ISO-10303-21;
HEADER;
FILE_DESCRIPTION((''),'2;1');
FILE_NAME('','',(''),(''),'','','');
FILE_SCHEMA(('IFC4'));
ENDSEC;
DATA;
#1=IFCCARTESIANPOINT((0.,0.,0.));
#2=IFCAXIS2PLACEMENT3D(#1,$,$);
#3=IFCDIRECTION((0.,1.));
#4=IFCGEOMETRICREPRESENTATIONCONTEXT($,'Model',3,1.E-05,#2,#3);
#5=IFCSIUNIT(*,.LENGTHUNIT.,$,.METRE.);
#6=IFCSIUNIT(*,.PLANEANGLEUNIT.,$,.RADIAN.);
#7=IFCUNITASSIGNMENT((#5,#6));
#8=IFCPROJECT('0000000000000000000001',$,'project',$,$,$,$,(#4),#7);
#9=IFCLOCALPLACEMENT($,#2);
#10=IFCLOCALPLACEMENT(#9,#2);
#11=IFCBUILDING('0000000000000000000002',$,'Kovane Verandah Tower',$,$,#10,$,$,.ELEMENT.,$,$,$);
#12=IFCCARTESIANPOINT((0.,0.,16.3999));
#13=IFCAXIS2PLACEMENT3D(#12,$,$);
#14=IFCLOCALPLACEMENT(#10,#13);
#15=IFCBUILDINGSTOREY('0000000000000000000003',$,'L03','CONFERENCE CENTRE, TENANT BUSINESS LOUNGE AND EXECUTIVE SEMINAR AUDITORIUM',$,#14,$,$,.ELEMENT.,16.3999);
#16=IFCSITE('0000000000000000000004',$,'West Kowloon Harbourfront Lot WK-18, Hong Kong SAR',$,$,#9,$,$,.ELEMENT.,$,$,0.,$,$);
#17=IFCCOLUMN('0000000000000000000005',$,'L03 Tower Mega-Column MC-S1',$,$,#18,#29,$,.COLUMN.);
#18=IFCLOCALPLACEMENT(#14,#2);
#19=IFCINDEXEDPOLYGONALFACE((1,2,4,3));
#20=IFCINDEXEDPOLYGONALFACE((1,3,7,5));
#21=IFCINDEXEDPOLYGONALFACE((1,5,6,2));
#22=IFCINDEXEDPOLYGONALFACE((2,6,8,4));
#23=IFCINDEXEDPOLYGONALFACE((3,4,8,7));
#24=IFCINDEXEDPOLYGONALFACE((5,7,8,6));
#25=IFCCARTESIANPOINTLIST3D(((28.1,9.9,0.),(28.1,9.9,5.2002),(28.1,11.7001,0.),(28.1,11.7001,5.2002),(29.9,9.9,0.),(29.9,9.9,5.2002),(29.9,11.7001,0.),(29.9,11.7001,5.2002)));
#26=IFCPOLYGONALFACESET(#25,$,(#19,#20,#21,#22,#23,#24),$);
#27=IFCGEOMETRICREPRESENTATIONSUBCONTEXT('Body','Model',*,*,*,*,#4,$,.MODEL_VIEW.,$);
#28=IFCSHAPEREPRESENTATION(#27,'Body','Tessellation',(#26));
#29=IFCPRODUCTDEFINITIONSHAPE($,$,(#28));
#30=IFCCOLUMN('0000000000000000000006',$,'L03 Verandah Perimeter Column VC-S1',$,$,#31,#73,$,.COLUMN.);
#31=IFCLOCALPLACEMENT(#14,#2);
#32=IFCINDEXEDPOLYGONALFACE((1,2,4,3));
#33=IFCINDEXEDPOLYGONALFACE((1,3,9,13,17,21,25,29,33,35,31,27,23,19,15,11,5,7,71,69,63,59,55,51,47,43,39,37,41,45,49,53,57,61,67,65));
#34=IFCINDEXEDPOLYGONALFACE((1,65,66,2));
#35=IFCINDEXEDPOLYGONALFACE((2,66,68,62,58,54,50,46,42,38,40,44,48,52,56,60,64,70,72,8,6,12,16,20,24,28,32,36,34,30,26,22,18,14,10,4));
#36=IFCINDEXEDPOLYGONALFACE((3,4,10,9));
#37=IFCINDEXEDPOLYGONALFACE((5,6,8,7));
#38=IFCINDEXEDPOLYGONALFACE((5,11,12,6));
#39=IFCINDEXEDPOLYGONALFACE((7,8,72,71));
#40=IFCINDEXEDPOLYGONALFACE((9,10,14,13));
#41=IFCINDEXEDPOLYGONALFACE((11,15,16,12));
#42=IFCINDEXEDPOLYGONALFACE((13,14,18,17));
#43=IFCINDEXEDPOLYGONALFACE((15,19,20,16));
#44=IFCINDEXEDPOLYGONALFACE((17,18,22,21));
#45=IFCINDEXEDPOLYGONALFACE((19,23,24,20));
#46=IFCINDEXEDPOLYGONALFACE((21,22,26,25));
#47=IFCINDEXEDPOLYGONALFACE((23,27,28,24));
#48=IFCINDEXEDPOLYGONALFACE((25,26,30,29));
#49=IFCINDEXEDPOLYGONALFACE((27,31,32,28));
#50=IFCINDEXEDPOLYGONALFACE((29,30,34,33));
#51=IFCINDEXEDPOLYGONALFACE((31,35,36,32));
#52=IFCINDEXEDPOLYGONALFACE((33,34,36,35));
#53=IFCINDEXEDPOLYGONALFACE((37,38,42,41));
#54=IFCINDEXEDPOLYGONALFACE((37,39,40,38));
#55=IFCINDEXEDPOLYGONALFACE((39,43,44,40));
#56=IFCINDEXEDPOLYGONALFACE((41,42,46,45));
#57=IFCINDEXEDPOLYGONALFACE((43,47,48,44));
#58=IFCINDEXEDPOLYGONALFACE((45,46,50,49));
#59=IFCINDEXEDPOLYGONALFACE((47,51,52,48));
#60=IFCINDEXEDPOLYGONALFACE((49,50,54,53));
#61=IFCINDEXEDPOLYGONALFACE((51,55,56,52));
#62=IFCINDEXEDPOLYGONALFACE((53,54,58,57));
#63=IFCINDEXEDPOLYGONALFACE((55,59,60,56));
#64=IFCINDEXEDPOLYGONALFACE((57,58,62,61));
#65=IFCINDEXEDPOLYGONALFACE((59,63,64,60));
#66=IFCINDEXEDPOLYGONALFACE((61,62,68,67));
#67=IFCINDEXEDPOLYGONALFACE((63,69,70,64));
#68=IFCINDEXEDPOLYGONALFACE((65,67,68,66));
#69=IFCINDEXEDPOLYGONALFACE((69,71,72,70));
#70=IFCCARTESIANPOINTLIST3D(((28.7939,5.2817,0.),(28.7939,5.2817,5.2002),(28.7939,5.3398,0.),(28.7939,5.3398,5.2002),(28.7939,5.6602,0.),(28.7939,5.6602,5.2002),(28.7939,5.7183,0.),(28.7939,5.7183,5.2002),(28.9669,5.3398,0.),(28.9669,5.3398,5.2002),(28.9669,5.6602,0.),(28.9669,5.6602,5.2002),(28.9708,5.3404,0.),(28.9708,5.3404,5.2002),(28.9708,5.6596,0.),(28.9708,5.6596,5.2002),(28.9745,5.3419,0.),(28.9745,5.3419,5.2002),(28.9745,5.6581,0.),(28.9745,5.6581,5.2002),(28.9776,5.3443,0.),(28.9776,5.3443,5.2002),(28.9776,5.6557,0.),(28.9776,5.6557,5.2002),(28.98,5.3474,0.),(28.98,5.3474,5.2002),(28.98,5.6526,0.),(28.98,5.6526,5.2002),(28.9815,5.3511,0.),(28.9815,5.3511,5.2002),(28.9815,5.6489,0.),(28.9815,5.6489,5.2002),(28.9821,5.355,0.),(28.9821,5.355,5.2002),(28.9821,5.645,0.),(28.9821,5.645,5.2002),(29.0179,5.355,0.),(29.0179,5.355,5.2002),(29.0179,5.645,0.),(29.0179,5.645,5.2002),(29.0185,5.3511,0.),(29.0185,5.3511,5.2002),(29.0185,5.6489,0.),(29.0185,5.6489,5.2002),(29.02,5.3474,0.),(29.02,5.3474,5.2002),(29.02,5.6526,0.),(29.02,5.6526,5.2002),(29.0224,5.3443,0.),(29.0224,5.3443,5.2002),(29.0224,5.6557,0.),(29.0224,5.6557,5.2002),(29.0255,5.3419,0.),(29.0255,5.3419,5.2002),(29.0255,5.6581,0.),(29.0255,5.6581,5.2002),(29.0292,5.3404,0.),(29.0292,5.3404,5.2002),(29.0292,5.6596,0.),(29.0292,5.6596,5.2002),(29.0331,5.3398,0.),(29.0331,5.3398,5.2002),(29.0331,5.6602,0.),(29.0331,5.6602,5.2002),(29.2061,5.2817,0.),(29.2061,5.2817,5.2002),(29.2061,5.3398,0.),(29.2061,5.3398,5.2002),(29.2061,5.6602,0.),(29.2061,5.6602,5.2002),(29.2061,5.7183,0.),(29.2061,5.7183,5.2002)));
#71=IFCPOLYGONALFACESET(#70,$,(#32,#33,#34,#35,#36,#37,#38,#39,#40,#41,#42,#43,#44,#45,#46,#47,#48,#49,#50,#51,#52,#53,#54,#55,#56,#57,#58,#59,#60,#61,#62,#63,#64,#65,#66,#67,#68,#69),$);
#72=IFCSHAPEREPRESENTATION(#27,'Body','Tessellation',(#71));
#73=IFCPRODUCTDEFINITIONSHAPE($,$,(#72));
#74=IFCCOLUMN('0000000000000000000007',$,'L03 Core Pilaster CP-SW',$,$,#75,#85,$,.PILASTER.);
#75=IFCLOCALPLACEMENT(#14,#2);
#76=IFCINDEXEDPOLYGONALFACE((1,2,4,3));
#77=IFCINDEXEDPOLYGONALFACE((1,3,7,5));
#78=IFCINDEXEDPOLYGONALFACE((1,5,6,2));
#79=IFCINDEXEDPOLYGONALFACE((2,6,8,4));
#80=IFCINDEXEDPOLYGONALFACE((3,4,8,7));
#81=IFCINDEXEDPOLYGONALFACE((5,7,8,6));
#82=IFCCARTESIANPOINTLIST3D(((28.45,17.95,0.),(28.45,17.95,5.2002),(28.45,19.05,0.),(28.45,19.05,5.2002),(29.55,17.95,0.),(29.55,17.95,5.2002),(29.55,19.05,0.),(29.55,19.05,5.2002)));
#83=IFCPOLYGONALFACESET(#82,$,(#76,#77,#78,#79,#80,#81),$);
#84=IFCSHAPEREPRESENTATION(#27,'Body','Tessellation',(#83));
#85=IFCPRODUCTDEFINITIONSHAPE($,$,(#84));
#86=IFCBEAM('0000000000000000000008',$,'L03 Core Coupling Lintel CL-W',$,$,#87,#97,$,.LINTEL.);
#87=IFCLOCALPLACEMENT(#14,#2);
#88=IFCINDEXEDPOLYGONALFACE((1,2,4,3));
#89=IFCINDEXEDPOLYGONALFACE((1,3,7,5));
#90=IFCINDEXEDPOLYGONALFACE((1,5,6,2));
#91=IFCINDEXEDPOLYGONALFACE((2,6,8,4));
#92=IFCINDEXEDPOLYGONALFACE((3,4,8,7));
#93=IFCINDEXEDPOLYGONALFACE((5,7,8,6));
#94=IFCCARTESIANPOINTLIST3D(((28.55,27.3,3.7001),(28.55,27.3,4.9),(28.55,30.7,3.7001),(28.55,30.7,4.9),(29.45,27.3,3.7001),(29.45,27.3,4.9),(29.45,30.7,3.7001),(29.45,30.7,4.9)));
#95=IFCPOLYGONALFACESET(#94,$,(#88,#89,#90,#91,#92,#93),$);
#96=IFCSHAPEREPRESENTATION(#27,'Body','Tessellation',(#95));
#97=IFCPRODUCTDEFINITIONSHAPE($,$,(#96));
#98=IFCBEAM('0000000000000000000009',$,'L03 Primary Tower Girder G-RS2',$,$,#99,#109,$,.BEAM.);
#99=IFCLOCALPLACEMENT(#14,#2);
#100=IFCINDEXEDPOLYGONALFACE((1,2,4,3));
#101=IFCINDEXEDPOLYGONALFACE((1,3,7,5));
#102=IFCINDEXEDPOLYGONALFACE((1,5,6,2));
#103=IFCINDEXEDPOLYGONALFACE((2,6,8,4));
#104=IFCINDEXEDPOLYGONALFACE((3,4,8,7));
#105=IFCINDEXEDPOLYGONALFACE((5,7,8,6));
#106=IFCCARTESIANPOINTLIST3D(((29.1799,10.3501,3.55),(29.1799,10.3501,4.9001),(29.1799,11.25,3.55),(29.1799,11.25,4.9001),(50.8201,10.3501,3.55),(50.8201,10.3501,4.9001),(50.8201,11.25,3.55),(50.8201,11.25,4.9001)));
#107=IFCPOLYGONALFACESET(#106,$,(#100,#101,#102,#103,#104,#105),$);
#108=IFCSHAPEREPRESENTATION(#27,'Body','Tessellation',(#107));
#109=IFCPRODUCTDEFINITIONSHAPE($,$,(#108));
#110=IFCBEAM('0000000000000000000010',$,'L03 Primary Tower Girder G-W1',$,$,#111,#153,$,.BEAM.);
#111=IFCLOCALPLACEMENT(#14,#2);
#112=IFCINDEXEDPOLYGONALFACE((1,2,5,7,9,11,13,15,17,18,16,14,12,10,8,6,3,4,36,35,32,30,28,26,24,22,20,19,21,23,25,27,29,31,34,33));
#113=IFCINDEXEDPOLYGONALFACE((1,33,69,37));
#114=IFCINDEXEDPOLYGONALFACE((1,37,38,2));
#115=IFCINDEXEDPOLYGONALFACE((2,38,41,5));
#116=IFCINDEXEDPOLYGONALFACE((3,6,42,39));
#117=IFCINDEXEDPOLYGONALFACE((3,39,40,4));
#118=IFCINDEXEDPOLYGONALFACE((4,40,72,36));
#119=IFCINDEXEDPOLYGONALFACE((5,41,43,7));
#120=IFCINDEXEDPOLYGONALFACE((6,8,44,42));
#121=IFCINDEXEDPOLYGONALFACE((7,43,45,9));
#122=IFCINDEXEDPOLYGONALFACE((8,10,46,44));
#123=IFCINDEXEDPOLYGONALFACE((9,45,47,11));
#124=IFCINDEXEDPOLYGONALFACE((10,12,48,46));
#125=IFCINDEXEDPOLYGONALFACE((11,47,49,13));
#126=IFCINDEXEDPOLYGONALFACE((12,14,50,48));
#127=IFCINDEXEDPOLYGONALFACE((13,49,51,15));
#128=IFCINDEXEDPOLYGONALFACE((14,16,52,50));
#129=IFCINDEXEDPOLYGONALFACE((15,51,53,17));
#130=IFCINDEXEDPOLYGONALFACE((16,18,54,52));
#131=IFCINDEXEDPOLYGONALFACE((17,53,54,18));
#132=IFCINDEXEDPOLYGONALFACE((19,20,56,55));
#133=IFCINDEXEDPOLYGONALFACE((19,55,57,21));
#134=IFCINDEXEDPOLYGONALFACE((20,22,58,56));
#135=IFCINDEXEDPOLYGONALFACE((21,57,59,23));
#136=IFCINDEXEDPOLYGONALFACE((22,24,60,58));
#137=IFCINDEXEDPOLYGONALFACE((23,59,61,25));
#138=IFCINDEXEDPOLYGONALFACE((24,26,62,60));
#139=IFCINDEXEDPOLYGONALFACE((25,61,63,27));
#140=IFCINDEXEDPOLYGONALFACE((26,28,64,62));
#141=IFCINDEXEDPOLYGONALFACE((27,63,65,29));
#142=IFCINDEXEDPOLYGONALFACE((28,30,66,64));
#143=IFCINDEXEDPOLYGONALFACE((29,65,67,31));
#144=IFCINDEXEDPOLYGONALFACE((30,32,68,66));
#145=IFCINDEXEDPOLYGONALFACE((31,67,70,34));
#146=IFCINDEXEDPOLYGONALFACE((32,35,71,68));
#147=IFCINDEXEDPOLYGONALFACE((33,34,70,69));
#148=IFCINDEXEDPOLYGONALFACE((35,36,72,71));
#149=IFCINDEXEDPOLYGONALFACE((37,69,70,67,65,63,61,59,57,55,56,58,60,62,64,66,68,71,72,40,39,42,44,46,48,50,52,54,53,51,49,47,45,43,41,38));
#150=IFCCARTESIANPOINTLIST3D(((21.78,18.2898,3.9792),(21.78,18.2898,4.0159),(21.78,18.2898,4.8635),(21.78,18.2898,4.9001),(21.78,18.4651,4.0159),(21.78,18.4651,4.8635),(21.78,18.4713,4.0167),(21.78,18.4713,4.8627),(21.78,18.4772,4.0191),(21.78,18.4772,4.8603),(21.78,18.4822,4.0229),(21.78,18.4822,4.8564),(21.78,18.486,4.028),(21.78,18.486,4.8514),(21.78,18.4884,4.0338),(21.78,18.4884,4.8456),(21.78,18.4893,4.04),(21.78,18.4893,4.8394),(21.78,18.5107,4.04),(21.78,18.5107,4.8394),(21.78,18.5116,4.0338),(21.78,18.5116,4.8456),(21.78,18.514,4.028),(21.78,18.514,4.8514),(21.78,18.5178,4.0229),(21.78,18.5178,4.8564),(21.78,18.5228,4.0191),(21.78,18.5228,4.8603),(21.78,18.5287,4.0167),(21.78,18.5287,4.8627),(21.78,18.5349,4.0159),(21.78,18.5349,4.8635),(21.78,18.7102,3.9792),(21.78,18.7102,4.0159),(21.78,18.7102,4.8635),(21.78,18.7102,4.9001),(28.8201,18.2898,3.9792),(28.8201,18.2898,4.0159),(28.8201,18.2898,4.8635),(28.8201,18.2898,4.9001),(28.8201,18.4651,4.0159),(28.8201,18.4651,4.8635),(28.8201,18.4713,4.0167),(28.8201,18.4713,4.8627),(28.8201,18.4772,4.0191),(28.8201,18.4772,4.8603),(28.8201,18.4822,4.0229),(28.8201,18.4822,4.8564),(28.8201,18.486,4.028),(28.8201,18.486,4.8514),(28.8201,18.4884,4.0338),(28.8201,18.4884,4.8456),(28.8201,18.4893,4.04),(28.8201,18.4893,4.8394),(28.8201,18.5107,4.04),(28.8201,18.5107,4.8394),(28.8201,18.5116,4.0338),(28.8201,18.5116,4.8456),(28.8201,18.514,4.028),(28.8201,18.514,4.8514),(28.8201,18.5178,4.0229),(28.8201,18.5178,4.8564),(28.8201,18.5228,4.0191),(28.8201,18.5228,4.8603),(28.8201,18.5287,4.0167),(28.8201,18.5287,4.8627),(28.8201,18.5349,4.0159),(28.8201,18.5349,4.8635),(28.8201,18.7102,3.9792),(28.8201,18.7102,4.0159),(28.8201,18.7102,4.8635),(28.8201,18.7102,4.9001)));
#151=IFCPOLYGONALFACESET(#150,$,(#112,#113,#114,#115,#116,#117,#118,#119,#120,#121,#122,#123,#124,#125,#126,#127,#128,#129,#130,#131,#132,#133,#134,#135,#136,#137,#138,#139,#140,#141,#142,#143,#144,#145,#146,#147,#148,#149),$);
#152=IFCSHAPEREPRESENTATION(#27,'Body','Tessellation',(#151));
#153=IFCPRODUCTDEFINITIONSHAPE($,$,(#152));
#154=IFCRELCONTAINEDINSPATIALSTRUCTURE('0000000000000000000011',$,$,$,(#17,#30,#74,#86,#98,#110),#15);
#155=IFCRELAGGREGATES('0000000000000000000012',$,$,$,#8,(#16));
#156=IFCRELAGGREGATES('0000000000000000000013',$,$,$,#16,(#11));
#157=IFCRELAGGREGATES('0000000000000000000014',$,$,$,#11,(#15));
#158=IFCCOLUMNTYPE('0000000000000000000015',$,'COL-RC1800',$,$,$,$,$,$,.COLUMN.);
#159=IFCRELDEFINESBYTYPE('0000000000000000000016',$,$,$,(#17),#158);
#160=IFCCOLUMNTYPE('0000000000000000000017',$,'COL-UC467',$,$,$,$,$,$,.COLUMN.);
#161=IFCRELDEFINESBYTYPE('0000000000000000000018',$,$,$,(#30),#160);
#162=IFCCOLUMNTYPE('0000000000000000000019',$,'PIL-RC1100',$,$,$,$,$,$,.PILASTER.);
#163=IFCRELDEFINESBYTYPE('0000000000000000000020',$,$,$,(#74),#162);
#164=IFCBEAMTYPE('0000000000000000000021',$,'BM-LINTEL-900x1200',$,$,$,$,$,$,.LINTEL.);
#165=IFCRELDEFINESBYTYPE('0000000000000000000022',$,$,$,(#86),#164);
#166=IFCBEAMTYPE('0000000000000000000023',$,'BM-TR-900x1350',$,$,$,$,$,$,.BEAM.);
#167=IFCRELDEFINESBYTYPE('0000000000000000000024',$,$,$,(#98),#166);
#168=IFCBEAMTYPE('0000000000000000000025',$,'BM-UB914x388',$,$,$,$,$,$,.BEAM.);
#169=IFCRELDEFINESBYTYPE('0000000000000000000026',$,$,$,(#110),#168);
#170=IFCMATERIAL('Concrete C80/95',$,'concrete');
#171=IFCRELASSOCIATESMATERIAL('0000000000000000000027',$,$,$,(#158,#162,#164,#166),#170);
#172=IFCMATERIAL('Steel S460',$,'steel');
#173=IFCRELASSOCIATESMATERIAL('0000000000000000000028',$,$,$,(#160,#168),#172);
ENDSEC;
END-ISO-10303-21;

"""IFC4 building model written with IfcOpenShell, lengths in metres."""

from ifc_helpers import new_model, si_unit, direction, frame, origin, origin_2d, place, context, subcontext, project, spatial, rectangle, i_section, extrude, material, material_profile, profile_set, type_object, element, save


model = new_model("IFC4")

# Units and contexts
model_context = context("Model", 3, precision=1e-05, world=origin(), true_north=direction((0.0, 1.0)))
body_context = subcontext(model_context, "Body", "Model", "MODEL_VIEW")
ifc_project = project(units=[si_unit("LENGTHUNIT", "METRE"), si_unit("PLANEANGLEUNIT", "RADIAN")], contexts=[model_context])

# Site, building, storey
site_placement = place(None, origin())
site = spatial("IfcSite", under=ifc_project, at=site_placement, Name="West Kowloon Harbourfront Lot WK-18, Hong Kong SAR", CompositionType="ELEMENT", RefElevation=0.0)
building_placement = place(site_placement, origin())
building = spatial("IfcBuilding", under=site, at=building_placement, Name="Kovane Verandah Tower", CompositionType="ELEMENT")
storey_placement = place(building_placement, frame((0.0, 0.0, 16.3999)))
storey = spatial("IfcBuildingStorey", under=building, at=storey_placement, Name="L03", Description="CONFERENCE CENTRE, TENANT BUSINESS LOUNGE AND EXECUTIVE SEMINAR AUDITORIUM", CompositionType="ELEMENT", Elevation=16.3999)

# Columns
ifc_material_1 = material(Name="Concrete C80/95", Category="concrete")
ifc_material_profile_1 = material_profile(ifc_material_1, rectangle(XDim=1.8, YDim=1.8, at=origin_2d()), Name="RC1800x1800")
ifc_profile_set_1 = profile_set([ifc_material_profile_1], Name="Concrete C80/95")
column_type_1 = type_object("IfcColumnType", Name="COL-RC1800", PredefinedType="COLUMN", material=ifc_profile_set_1)
column_1_placement = place(storey_placement, frame((29.0, 10.8, 0.0), z_axis=(0.0, 0.0, 1.0), x_axis=(1.0, 0.0, 0.0)))
element("IfcColumn", 1, at=column_1_placement, inside=storey, type_object=column_type_1, Name="L03 Tower Mega-Column MC-S1", PredefinedType="COLUMN", context=body_context, shape_type="SweptSolid", body=[
    extrude(rectangle(XDim=1.8, YDim=1.8, at=origin_2d()), origin(), (0.0, 0.0, 1.0), 5.2002),
])
ifc_material_2 = material(Name="Steel S460", Category="steel")
ifc_material_profile_2 = material_profile(ifc_material_2, i_section(OverallWidth=0.4121, OverallDepth=0.4365, WebThickness=0.0359, FlangeThickness=0.0581, FilletRadius=0.0151, at=origin_2d()), Name="UC356x406x467")
ifc_profile_set_2 = profile_set([ifc_material_profile_2], Name="Steel S460")
column_type_2 = type_object("IfcColumnType", Name="COL-UC467", PredefinedType="COLUMN", material=ifc_profile_set_2)
column_2_placement = place(storey_placement, frame((29.0, 5.5, 0.0), z_axis=(0.0, 0.0, 1.0), x_axis=(1.0, 0.0, 0.0)))
element("IfcColumn", 2, at=column_2_placement, inside=storey, type_object=column_type_2, Name="L03 Verandah Perimeter Column VC-S1", PredefinedType="COLUMN", context=body_context, shape_type="SweptSolid", body=[
    extrude(i_section(OverallWidth=0.4121, OverallDepth=0.4365, WebThickness=0.0359, FlangeThickness=0.0581, FilletRadius=0.0151, at=origin_2d()), origin(), (0.0, 0.0, 1.0), 5.2002),
])
ifc_material_profile_3 = material_profile(ifc_material_1, rectangle(XDim=1.1001, YDim=1.1001, at=origin_2d()), Name="RC1100x1100")
ifc_profile_set_3 = profile_set([ifc_material_profile_3], Name="Concrete C80/95")
column_type_3 = type_object("IfcColumnType", Name="PIL-RC1100", PredefinedType="PILASTER", material=ifc_profile_set_3)
column_3_placement = place(storey_placement, frame((29.0, 18.5, 0.0), z_axis=(0.0, 0.0, 1.0), x_axis=(1.0, 0.0, 0.0)))
element("IfcColumn", 3, at=column_3_placement, inside=storey, type_object=column_type_3, Name="L03 Core Pilaster CP-SW", PredefinedType="PILASTER", context=body_context, shape_type="SweptSolid", body=[
    extrude(rectangle(XDim=1.1001, YDim=1.1001, at=origin_2d()), origin(), (0.0, 0.0, 1.0), 5.2002),
])

# Beams
ifc_material_profile_4 = material_profile(ifc_material_1, rectangle(XDim=0.8999, YDim=1.2, at=origin_2d()), Name="RCB900x1200")
ifc_profile_set_4 = profile_set([ifc_material_profile_4], Name="Concrete C80/95")
beam_type_1 = type_object("IfcBeamType", Name="BM-LINTEL-900x1200", PredefinedType="LINTEL", material=ifc_profile_set_4)
beam_1_placement = place(storey_placement, frame((29.0, 27.3, 4.3), z_axis=(0.0, 1.0, 0.0), x_axis=(-1.0, 0.0, 0.0)))
element("IfcBeam", 4, at=beam_1_placement, inside=storey, type_object=beam_type_1, Name="L03 Core Coupling Lintel CL-W", PredefinedType="LINTEL", context=body_context, shape_type="SweptSolid", body=[
    extrude(rectangle(XDim=0.8999, YDim=1.2, at=origin_2d()), origin(), (0.0, 0.0, 1.0), 3.3999),
])
ifc_material_profile_5 = material_profile(ifc_material_1, rectangle(XDim=0.8999, YDim=1.3501, at=origin_2d()), Name="RCB900x1350")
ifc_profile_set_5 = profile_set([ifc_material_profile_5], Name="Concrete C80/95")
beam_type_2 = type_object("IfcBeamType", Name="BM-TR-900x1350", PredefinedType="BEAM", material=ifc_profile_set_5)
beam_2_placement = place(storey_placement, frame((29.1799, 10.8, 4.2251), z_axis=(1.0, 0.0, 0.0), x_axis=(0.0, 1.0, 0.0)))
element("IfcBeam", 5, at=beam_2_placement, inside=storey, type_object=beam_type_2, Name="L03 Primary Tower Girder G-RS2", PredefinedType="BEAM", context=body_context, shape_type="SweptSolid", body=[
    extrude(rectangle(XDim=0.8999, YDim=1.3501, at=origin_2d()), origin(), (0.0, 0.0, 1.0), 21.6401),
])
ifc_material_profile_6 = material_profile(ifc_material_2, i_section(OverallWidth=0.4204, OverallDepth=0.9209, WebThickness=0.0215, FlangeThickness=0.0366, FilletRadius=0.0242, at=origin_2d()), Name="UB914x419x388")
ifc_profile_set_6 = profile_set([ifc_material_profile_6], Name="Steel S460")
beam_type_3 = type_object("IfcBeamType", Name="BM-UB914x388", PredefinedType="BEAM", material=ifc_profile_set_6)
beam_3_placement = place(storey_placement, frame((28.8201, 18.5, 4.4397), z_axis=(-1.0, 0.0, 0.0), x_axis=(0.0, -1.0, 0.0)))
element("IfcBeam", 6, at=beam_3_placement, inside=storey, type_object=beam_type_3, Name="L03 Primary Tower Girder G-W1", PredefinedType="BEAM", context=body_context, shape_type="SweptSolid", body=[
    extrude(i_section(OverallWidth=0.4204, OverallDepth=0.9209, WebThickness=0.0215, FlangeThickness=0.0366, FilletRadius=0.0242, at=origin_2d()), origin(), (0.0, 0.0, 1.0), 7.04),
])

save(model, "model.ifc")
